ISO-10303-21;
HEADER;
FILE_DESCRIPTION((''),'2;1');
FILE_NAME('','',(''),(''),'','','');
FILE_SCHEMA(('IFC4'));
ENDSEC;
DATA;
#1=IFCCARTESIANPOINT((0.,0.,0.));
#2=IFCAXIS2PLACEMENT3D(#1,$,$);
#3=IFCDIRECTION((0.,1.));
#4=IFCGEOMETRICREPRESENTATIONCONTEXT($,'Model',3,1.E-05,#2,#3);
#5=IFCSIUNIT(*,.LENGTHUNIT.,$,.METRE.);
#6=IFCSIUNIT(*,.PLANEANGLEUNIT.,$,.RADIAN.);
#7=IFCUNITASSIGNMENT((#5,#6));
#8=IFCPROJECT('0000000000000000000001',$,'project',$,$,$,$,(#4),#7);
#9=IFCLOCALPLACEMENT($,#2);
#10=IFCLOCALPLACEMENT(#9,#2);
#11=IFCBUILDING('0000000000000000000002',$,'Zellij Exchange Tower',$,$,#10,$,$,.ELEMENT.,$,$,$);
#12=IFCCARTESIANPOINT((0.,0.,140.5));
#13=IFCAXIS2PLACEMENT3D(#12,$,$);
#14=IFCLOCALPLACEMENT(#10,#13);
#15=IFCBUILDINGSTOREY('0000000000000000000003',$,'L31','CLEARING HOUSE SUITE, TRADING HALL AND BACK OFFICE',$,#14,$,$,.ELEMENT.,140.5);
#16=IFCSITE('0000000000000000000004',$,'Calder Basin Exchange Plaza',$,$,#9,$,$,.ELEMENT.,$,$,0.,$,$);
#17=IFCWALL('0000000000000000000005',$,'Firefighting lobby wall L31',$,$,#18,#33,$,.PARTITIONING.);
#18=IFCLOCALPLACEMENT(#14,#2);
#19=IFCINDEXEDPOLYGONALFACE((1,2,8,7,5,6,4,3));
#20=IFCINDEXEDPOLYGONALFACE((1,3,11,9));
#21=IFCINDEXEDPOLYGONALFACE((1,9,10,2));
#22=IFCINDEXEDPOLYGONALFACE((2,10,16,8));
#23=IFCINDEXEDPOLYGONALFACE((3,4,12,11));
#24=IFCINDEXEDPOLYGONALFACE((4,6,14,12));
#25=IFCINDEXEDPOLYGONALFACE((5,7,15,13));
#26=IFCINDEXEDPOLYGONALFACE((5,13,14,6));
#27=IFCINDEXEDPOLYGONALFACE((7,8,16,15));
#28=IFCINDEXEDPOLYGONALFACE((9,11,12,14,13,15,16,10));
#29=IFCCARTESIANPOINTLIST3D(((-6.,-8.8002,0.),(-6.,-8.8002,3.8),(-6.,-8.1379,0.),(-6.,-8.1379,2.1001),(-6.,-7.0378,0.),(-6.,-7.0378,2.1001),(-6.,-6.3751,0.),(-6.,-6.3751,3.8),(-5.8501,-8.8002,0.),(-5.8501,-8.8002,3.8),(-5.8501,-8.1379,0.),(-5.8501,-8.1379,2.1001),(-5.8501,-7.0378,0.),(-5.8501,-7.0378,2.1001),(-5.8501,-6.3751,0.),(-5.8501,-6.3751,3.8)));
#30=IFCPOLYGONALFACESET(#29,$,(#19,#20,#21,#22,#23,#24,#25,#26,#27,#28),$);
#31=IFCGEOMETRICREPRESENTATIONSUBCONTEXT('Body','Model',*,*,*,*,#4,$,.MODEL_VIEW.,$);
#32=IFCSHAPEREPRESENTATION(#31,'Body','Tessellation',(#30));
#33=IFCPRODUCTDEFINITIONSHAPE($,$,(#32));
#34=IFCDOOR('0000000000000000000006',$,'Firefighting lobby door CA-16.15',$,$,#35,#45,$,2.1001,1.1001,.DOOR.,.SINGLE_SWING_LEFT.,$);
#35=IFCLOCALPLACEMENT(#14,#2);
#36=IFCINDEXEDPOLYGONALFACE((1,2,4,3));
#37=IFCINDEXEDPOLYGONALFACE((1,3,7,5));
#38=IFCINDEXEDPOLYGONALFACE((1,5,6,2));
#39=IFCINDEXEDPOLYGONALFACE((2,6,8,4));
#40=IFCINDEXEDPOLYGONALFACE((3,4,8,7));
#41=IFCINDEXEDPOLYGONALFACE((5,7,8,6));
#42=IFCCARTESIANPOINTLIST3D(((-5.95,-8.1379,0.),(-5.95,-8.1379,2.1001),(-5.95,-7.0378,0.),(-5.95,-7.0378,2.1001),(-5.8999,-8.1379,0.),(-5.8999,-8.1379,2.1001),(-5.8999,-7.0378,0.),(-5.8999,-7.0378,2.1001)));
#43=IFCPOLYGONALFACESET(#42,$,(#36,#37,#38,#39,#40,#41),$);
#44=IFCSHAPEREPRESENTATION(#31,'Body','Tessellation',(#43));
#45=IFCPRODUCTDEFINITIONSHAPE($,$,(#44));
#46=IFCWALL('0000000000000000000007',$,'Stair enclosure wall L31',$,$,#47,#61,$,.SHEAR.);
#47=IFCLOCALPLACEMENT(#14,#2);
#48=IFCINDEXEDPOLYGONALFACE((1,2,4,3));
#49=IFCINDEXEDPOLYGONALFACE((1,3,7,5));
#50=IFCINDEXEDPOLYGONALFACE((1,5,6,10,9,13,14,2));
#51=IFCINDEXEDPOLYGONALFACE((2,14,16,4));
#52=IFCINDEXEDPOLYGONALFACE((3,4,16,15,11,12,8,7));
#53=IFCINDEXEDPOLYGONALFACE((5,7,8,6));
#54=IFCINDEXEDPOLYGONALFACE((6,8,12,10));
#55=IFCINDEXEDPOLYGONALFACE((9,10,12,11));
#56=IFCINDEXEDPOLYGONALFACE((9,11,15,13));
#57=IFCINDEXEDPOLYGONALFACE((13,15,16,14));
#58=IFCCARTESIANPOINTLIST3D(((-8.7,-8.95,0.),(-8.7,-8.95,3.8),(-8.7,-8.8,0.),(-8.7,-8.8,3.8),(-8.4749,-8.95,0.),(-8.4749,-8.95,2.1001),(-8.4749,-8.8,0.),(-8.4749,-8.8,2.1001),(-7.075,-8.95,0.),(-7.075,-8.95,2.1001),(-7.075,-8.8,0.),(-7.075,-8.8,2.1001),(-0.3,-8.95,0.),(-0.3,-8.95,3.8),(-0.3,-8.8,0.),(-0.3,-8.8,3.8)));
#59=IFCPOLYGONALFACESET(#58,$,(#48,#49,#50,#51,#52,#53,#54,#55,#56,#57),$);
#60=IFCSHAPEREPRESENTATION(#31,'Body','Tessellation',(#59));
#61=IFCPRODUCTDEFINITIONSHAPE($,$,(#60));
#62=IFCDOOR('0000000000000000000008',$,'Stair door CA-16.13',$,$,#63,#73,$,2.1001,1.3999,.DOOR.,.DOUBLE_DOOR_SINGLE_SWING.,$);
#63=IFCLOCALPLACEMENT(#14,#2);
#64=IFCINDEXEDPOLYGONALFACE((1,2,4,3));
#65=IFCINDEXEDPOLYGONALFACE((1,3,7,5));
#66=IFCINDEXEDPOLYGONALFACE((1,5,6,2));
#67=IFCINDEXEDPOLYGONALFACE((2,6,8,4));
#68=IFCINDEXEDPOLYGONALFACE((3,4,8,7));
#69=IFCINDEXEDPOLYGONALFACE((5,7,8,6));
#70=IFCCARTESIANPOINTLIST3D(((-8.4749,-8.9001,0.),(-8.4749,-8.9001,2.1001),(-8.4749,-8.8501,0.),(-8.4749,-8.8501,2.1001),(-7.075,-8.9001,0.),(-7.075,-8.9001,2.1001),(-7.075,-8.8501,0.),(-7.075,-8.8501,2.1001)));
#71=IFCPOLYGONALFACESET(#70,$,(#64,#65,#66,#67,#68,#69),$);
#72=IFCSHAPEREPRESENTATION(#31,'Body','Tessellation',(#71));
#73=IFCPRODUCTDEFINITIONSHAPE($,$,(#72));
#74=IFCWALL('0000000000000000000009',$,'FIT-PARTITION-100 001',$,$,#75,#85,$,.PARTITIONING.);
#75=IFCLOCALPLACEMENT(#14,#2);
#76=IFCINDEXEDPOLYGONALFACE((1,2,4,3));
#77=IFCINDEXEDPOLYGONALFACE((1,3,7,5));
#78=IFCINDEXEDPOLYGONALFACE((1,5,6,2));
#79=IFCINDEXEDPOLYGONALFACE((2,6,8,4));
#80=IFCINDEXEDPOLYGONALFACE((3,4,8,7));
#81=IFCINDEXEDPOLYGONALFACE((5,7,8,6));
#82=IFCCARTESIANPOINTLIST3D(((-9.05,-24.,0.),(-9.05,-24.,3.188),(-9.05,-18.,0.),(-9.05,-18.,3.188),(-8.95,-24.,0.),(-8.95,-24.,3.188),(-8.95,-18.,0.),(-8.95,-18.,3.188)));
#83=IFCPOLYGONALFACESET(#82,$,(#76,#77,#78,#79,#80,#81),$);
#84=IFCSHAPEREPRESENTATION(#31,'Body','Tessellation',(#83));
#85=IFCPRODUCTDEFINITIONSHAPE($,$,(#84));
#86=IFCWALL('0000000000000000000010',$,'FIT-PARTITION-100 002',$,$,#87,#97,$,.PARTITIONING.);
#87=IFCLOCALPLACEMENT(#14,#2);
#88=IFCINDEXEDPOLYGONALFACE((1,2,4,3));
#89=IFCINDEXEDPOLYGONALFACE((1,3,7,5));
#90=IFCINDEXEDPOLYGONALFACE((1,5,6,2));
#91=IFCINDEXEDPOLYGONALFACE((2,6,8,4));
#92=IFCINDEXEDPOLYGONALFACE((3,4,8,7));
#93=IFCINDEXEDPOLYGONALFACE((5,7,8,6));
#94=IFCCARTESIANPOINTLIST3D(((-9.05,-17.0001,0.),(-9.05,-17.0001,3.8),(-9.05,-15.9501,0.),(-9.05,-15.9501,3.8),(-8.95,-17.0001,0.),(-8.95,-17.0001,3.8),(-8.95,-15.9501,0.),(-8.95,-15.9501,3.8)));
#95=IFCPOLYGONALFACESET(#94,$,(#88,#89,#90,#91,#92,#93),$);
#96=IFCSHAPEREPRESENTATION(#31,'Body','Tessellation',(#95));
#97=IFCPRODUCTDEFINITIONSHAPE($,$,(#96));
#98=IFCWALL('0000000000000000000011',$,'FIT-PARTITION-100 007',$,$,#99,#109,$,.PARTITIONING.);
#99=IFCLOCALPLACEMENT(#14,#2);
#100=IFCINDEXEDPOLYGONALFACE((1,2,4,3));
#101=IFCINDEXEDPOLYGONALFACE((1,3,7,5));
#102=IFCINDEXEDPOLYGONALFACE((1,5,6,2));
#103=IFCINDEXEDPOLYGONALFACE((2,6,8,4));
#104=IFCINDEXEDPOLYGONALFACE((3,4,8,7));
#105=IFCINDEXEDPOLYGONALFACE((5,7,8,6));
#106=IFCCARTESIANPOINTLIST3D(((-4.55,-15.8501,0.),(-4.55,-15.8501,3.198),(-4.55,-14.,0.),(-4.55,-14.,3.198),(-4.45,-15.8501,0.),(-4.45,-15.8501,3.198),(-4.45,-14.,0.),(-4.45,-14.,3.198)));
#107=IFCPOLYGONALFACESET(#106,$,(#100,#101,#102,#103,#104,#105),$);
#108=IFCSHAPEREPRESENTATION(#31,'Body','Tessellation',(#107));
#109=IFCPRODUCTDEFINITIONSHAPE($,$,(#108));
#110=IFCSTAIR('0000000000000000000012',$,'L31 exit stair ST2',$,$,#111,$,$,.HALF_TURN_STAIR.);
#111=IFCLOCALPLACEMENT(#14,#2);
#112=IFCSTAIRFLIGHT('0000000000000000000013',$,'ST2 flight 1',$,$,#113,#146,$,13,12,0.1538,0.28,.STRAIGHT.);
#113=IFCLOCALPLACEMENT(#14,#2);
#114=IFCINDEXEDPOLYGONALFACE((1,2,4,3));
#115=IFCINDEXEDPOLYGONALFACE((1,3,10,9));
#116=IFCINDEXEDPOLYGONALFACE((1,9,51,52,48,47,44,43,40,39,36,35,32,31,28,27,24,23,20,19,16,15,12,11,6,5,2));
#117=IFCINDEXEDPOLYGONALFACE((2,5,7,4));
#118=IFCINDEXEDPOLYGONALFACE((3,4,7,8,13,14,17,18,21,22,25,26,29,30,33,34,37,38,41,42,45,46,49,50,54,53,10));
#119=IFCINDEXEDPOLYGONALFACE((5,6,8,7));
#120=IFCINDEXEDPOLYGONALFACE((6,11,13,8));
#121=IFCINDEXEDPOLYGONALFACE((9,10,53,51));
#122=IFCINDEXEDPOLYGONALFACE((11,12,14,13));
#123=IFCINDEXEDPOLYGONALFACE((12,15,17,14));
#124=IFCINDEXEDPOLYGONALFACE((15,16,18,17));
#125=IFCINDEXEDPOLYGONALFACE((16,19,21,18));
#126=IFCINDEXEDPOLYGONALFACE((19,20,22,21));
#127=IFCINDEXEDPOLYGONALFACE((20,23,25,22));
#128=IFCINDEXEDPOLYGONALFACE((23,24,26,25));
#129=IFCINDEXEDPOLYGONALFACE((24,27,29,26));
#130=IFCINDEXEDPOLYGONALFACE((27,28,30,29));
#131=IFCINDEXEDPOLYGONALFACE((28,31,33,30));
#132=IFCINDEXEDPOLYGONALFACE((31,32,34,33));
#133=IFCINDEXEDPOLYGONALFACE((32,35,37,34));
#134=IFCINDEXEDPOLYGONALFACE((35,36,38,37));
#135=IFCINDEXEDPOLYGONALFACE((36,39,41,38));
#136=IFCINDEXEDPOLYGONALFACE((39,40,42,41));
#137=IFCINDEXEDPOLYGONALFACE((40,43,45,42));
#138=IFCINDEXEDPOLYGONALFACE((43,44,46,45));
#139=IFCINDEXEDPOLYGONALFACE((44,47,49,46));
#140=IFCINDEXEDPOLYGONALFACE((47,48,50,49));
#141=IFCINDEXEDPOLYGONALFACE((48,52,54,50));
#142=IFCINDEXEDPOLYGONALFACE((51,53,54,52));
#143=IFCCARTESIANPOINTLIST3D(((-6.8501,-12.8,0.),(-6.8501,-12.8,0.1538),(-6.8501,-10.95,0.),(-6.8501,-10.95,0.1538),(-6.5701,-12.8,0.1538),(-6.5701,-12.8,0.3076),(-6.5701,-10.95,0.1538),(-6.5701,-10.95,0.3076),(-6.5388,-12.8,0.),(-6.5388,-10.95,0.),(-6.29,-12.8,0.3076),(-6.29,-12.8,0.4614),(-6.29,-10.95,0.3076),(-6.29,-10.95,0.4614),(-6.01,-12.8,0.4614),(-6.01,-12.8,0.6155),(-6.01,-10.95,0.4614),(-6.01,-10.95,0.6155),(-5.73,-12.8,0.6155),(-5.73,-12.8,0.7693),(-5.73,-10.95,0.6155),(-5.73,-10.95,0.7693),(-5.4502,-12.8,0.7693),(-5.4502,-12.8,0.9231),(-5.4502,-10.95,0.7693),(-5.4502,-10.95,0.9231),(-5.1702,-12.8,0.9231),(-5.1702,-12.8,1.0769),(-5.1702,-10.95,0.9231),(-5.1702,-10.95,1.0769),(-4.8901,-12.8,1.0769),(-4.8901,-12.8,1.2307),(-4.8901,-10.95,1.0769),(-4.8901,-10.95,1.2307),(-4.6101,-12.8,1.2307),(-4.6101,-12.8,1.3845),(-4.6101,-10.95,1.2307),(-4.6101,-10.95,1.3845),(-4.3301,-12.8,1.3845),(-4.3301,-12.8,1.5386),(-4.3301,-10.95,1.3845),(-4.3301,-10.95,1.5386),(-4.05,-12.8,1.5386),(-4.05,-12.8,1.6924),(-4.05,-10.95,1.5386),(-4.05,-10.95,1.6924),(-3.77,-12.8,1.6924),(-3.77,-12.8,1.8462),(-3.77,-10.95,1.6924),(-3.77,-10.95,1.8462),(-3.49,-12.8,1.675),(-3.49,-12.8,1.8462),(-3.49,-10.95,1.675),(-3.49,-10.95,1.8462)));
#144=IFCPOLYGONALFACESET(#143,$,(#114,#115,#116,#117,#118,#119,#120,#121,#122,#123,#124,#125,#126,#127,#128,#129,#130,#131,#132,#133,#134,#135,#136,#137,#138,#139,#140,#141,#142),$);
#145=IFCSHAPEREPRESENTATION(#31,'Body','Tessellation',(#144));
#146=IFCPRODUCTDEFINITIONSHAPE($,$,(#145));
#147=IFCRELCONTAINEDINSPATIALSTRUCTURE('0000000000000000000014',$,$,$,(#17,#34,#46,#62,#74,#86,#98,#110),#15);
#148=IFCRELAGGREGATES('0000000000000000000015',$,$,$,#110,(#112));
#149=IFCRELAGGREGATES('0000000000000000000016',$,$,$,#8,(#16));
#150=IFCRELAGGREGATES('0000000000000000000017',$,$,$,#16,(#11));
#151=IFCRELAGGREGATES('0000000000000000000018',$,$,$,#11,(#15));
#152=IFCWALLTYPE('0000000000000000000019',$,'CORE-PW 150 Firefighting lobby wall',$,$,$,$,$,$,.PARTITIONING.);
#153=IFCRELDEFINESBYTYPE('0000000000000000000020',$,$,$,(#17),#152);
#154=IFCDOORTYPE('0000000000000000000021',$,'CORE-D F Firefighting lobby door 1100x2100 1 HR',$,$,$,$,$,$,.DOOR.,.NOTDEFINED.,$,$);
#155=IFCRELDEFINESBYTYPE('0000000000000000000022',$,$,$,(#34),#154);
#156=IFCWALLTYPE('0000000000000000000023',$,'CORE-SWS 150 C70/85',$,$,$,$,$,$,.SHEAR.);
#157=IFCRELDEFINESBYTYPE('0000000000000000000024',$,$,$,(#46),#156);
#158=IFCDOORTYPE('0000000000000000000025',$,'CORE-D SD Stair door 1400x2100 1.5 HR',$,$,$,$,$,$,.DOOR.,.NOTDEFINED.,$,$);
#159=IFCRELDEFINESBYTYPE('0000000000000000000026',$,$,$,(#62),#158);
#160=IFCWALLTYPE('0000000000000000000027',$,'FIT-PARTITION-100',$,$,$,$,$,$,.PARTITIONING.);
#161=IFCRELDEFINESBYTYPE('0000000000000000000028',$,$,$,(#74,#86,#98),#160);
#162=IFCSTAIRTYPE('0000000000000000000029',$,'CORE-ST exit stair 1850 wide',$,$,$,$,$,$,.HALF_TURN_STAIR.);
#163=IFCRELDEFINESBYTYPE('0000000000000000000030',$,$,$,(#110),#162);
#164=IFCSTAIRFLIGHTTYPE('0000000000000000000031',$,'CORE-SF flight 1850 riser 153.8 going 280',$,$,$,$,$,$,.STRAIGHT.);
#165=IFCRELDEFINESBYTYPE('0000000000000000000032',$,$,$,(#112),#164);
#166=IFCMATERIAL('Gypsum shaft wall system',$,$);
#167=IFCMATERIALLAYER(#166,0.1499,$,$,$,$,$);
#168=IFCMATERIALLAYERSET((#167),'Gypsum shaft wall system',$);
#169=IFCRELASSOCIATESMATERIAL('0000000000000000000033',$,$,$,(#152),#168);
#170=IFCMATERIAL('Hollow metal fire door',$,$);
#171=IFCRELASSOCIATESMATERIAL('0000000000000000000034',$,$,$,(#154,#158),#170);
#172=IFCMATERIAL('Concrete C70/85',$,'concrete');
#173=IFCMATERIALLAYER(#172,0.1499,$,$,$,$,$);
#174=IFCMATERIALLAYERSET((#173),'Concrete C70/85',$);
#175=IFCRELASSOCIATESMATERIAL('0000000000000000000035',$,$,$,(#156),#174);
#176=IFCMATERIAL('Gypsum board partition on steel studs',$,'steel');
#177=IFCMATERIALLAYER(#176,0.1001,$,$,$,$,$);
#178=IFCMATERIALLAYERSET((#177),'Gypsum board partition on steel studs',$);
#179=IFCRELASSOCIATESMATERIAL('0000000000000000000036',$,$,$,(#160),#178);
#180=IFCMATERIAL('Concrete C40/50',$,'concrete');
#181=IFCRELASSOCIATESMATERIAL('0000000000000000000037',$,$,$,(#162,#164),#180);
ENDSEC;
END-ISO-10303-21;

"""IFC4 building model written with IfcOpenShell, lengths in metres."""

from ifc_helpers import new_model, si_unit, direction, frame, frame_2d, origin, place, context, subcontext, project, spatial, polyline, rectangle, outline, extrude, material, layer, layer_set, type_object, element, fill, aggregate, save


model = new_model("IFC4")

# Units and contexts
model_context = context("Model", 3, precision=1e-05, world=origin(), true_north=direction((0.0, 1.0)))
body_context = subcontext(model_context, "Body", "Model", "MODEL_VIEW")
ifc_project = project(units=[si_unit("LENGTHUNIT", "METRE"), si_unit("PLANEANGLEUNIT", "RADIAN")], contexts=[model_context])

# Site, building, storey
site_placement = place(None, origin())
site = spatial("IfcSite", under=ifc_project, at=site_placement, Name="Calder Basin Exchange Plaza", CompositionType="ELEMENT", RefElevation=0.0)
building_placement = place(site_placement, origin())
building = spatial("IfcBuilding", under=site, at=building_placement, Name="Zellij Exchange Tower", CompositionType="ELEMENT")
storey_placement = place(building_placement, frame((0.0, 0.0, 140.5)))
storey = spatial("IfcBuildingStorey", under=building, at=storey_placement, Name="L31", Description="CLEARING HOUSE SUITE, TRADING HALL AND BACK OFFICE", CompositionType="ELEMENT", Elevation=140.5)

# Shared definitions
ifc_material_1 = material(Name="Concrete C70/85", Category="concrete")

# Walls, openings, doors
ifc_material_2 = material(Name="Gypsum shaft wall system")
ifc_layer_1 = layer(ifc_material_2, 0.1499)
ifc_layer_set_1 = layer_set([ifc_layer_1], Name="Gypsum shaft wall system")
wall_type_1 = type_object("IfcWallType", Name="CORE-PW 150 Firefighting lobby wall", PredefinedType="PARTITIONING", material=ifc_layer_set_1)
wall_1_placement = place(storey_placement, frame((-5.925, -8.8, 0.0), z_axis=(0.0, 0.0, 1.0), x_axis=(0.0, 1.0, 0.0)))
wall_1 = element("IfcWall", 1, at=wall_1_placement, inside=storey, type_object=wall_type_1, Name="Firefighting lobby wall L31", PredefinedType="PARTITIONING", context=body_context, shape_type="SweptSolid", body=[
    extrude(rectangle(XDim=2.425, YDim=0.1499, at=frame_2d((1.2124, 0.0))), origin(), (0.0, 0.0, 1.0), 3.8),
])
opening_1_placement = place(wall_1_placement, frame((0.6621, 0.0, 0.0)))
opening_1 = element("IfcOpeningElement", 2, at=opening_1_placement, cuts=wall_1, PredefinedType="OPENING", context=body_context, shape_type="SweptSolid", body=[
    extrude(rectangle(XDim=1.1001, YDim=2.1001, at=frame_2d((0.55, 1.05))), frame((0.0, 0.0869, 0.0), z_axis=(0.0, -1.0, 0.0), x_axis=(1.0, 0.0, 0.0)), (0.0, 0.0, 1.0), 0.1738),
])
ifc_material_3 = material(Name="Hollow metal fire door")
door_type_1 = type_object("IfcDoorType", Name="CORE-D F Firefighting lobby door 1100x2100 1 HR", OperationType="NOTDEFINED", PredefinedType="DOOR", material=ifc_material_3)
door_1_placement = place(opening_1_placement, origin())
door_1 = element("IfcDoor", 3, at=door_1_placement, inside=storey, type_object=door_type_1, Name="Firefighting lobby door CA-16.15", OperationType="SINGLE_SWING_LEFT", OverallHeight=2.1001, OverallWidth=1.1001, PredefinedType="DOOR", context=body_context, shape_type="SweptSolid", body=[
    extrude(rectangle(XDim=1.1001, YDim=2.1001, at=frame_2d((0.55, 1.05))), frame((0.0, 0.0249, 0.0), z_axis=(0.0, -1.0, 0.0), x_axis=(1.0, 0.0, 0.0)), (0.0, 0.0, 1.0), 0.05),
])
fill(opening_1, door_1)
ifc_layer_2 = layer(ifc_material_1, 0.1499)
ifc_layer_set_2 = layer_set([ifc_layer_2], Name="Concrete C70/85")
wall_type_2 = type_object("IfcWallType", Name="CORE-SWS 150 C70/85", PredefinedType="SHEAR", material=ifc_layer_set_2)
wall_2_placement = place(storey_placement, frame((-8.7, -8.875, 0.0), z_axis=(0.0, 0.0, 1.0), x_axis=(1.0, 0.0, 0.0)))
wall_2 = element("IfcWall", 4, at=wall_2_placement, inside=storey, type_object=wall_type_2, Name="Stair enclosure wall L31", PredefinedType="SHEAR", context=body_context, shape_type="SweptSolid", body=[
    extrude(rectangle(XDim=8.3999, YDim=0.1499, at=frame_2d((4.2, 0.0))), origin(), (0.0, 0.0, 1.0), 3.8),
])
opening_2_placement = place(wall_2_placement, frame((0.2251, 0.0, 0.0)))
opening_2 = element("IfcOpeningElement", 5, at=opening_2_placement, cuts=wall_2, PredefinedType="OPENING", context=body_context, shape_type="SweptSolid", body=[
    extrude(rectangle(XDim=1.3999, YDim=2.1001, at=frame_2d((0.7, 1.05))), frame((0.0, 0.0869, 0.0), z_axis=(0.0, -1.0, 0.0), x_axis=(1.0, 0.0, 0.0)), (0.0, 0.0, 1.0), 0.1738),
])
door_type_2 = type_object("IfcDoorType", Name="CORE-D SD Stair door 1400x2100 1.5 HR", OperationType="NOTDEFINED", PredefinedType="DOOR", material=ifc_material_3)
door_2_placement = place(opening_2_placement, origin())
door_2 = element("IfcDoor", 6, at=door_2_placement, inside=storey, type_object=door_type_2, Name="Stair door CA-16.13", OperationType="DOUBLE_DOOR_SINGLE_SWING", OverallHeight=2.1001, OverallWidth=1.3999, PredefinedType="DOOR", context=body_context, shape_type="SweptSolid", body=[
    extrude(rectangle(XDim=1.3999, YDim=2.1001, at=frame_2d((0.7, 1.05))), frame((0.0, 0.0249, 0.0), z_axis=(0.0, -1.0, 0.0), x_axis=(1.0, 0.0, 0.0)), (0.0, 0.0, 1.0), 0.05),
])
fill(opening_2, door_2)

# Walls
ifc_material_4 = material(Name="Gypsum board partition on steel studs", Category="steel")
ifc_layer_3 = layer(ifc_material_4, 0.1001)
ifc_layer_set_3 = layer_set([ifc_layer_3], Name="Gypsum board partition on steel studs")
wall_type_3 = type_object("IfcWallType", Name="FIT-PARTITION-100", PredefinedType="PARTITIONING", material=ifc_layer_set_3)
wall_3_placement = place(storey_placement, frame((-9.0, -24.0, 0.0), z_axis=(0.0, 0.0, 1.0), x_axis=(0.0, 1.0, 0.0)))
element("IfcWall", 7, at=wall_3_placement, inside=storey, type_object=wall_type_3, Name="FIT-PARTITION-100 001", PredefinedType="PARTITIONING", context=body_context, shape_type="SweptSolid", body=[
    extrude(rectangle(XDim=6.0, YDim=0.1001, at=frame_2d((3.0, 0.0))), origin(), (0.0, 0.0, 1.0), 3.188),
])
wall_4_placement = place(storey_placement, frame((-9.0, -17.0, 0.0), z_axis=(0.0, 0.0, 1.0), x_axis=(0.0, 1.0, 0.0)))
element("IfcWall", 8, at=wall_4_placement, inside=storey, type_object=wall_type_3, Name="FIT-PARTITION-100 002", PredefinedType="PARTITIONING", context=body_context, shape_type="SweptSolid", body=[
    extrude(rectangle(XDim=1.05, YDim=0.1001, at=frame_2d((0.5249, 0.0))), origin(), (0.0, 0.0, 1.0), 3.8),
])
wall_5_placement = place(storey_placement, frame((-4.5, -15.8501, 0.0), z_axis=(0.0, 0.0, 1.0), x_axis=(0.0, 1.0, 0.0)))
element("IfcWall", 9, at=wall_5_placement, inside=storey, type_object=wall_type_3, Name="FIT-PARTITION-100 007", PredefinedType="PARTITIONING", context=body_context, shape_type="SweptSolid", body=[
    extrude(rectangle(XDim=1.8501, YDim=0.1001, at=frame_2d((0.925, 0.0))), origin(), (0.0, 0.0, 1.0), 3.198),
])

# Stair, stair flight
ifc_material_5 = material(Name="Concrete C40/50", Category="concrete")
stair_type = type_object("IfcStairType", Name="CORE-ST exit stair 1850 wide", PredefinedType="HALF_TURN_STAIR", material=ifc_material_5)
stair_placement = place(storey_placement, origin())
stair = element("IfcStair", 10, at=stair_placement, inside=storey, type_object=stair_type, Name="L31 exit stair ST2", PredefinedType="HALF_TURN_STAIR")
stair_flight_type = type_object("IfcStairFlightType", Name="CORE-SF flight 1850 riser 153.8 going 280", PredefinedType="STRAIGHT", material=ifc_material_5)
stair_flight_1_placement = place(storey_placement, frame((-6.8501, -11.875, 0.0), z_axis=(0.0, 0.0, 1.0), x_axis=(1.0, 0.0, 0.0)))
stair_flight_1 = element("IfcStairFlight", 11, at=stair_flight_1_placement, type_object=stair_flight_type, Name="ST2 flight 1", NumberOfRisers=13, NumberOfTreads=12, PredefinedType="STRAIGHT", RiserHeight=0.1538, TreadLength=0.28, context=body_context, shape_type="SweptSolid", body=[
    extrude(outline(polyline([(0.0, 0.0), (0.0, 0.1538), (0.28, 0.1538), (0.28, 0.3076), (0.5601, 0.3076), (0.5601, 0.4614), (0.8401, 0.4614), (0.8401, 0.6155), (1.1201, 0.6155), (1.1201, 0.7693), (1.3999, 0.7693), (1.3999, 0.9231), (1.6799, 0.9231), (1.6799, 1.0769), (1.96, 1.0769), (1.96, 1.2307), (2.24, 1.2307), (2.24, 1.3845), (2.52, 1.3845), (2.52, 1.5386), (2.8, 1.5386), (2.8, 1.6924), (3.0801, 1.6924), (3.0801, 1.8462), (3.3601, 1.8462), (3.3601, 2.0), (3.3601, 1.675), (0.3113, 0.0), (0.0, 0.0)])), frame((0.0, 0.925, 0.0), z_axis=(0.0, -1.0, 0.0), x_axis=(1.0, 0.0, 0.0)), (0.0, 0.0, 1.0), 1.8501),
])
aggregate(stair, [stair_flight_1])

save(model, "model.ifc")
